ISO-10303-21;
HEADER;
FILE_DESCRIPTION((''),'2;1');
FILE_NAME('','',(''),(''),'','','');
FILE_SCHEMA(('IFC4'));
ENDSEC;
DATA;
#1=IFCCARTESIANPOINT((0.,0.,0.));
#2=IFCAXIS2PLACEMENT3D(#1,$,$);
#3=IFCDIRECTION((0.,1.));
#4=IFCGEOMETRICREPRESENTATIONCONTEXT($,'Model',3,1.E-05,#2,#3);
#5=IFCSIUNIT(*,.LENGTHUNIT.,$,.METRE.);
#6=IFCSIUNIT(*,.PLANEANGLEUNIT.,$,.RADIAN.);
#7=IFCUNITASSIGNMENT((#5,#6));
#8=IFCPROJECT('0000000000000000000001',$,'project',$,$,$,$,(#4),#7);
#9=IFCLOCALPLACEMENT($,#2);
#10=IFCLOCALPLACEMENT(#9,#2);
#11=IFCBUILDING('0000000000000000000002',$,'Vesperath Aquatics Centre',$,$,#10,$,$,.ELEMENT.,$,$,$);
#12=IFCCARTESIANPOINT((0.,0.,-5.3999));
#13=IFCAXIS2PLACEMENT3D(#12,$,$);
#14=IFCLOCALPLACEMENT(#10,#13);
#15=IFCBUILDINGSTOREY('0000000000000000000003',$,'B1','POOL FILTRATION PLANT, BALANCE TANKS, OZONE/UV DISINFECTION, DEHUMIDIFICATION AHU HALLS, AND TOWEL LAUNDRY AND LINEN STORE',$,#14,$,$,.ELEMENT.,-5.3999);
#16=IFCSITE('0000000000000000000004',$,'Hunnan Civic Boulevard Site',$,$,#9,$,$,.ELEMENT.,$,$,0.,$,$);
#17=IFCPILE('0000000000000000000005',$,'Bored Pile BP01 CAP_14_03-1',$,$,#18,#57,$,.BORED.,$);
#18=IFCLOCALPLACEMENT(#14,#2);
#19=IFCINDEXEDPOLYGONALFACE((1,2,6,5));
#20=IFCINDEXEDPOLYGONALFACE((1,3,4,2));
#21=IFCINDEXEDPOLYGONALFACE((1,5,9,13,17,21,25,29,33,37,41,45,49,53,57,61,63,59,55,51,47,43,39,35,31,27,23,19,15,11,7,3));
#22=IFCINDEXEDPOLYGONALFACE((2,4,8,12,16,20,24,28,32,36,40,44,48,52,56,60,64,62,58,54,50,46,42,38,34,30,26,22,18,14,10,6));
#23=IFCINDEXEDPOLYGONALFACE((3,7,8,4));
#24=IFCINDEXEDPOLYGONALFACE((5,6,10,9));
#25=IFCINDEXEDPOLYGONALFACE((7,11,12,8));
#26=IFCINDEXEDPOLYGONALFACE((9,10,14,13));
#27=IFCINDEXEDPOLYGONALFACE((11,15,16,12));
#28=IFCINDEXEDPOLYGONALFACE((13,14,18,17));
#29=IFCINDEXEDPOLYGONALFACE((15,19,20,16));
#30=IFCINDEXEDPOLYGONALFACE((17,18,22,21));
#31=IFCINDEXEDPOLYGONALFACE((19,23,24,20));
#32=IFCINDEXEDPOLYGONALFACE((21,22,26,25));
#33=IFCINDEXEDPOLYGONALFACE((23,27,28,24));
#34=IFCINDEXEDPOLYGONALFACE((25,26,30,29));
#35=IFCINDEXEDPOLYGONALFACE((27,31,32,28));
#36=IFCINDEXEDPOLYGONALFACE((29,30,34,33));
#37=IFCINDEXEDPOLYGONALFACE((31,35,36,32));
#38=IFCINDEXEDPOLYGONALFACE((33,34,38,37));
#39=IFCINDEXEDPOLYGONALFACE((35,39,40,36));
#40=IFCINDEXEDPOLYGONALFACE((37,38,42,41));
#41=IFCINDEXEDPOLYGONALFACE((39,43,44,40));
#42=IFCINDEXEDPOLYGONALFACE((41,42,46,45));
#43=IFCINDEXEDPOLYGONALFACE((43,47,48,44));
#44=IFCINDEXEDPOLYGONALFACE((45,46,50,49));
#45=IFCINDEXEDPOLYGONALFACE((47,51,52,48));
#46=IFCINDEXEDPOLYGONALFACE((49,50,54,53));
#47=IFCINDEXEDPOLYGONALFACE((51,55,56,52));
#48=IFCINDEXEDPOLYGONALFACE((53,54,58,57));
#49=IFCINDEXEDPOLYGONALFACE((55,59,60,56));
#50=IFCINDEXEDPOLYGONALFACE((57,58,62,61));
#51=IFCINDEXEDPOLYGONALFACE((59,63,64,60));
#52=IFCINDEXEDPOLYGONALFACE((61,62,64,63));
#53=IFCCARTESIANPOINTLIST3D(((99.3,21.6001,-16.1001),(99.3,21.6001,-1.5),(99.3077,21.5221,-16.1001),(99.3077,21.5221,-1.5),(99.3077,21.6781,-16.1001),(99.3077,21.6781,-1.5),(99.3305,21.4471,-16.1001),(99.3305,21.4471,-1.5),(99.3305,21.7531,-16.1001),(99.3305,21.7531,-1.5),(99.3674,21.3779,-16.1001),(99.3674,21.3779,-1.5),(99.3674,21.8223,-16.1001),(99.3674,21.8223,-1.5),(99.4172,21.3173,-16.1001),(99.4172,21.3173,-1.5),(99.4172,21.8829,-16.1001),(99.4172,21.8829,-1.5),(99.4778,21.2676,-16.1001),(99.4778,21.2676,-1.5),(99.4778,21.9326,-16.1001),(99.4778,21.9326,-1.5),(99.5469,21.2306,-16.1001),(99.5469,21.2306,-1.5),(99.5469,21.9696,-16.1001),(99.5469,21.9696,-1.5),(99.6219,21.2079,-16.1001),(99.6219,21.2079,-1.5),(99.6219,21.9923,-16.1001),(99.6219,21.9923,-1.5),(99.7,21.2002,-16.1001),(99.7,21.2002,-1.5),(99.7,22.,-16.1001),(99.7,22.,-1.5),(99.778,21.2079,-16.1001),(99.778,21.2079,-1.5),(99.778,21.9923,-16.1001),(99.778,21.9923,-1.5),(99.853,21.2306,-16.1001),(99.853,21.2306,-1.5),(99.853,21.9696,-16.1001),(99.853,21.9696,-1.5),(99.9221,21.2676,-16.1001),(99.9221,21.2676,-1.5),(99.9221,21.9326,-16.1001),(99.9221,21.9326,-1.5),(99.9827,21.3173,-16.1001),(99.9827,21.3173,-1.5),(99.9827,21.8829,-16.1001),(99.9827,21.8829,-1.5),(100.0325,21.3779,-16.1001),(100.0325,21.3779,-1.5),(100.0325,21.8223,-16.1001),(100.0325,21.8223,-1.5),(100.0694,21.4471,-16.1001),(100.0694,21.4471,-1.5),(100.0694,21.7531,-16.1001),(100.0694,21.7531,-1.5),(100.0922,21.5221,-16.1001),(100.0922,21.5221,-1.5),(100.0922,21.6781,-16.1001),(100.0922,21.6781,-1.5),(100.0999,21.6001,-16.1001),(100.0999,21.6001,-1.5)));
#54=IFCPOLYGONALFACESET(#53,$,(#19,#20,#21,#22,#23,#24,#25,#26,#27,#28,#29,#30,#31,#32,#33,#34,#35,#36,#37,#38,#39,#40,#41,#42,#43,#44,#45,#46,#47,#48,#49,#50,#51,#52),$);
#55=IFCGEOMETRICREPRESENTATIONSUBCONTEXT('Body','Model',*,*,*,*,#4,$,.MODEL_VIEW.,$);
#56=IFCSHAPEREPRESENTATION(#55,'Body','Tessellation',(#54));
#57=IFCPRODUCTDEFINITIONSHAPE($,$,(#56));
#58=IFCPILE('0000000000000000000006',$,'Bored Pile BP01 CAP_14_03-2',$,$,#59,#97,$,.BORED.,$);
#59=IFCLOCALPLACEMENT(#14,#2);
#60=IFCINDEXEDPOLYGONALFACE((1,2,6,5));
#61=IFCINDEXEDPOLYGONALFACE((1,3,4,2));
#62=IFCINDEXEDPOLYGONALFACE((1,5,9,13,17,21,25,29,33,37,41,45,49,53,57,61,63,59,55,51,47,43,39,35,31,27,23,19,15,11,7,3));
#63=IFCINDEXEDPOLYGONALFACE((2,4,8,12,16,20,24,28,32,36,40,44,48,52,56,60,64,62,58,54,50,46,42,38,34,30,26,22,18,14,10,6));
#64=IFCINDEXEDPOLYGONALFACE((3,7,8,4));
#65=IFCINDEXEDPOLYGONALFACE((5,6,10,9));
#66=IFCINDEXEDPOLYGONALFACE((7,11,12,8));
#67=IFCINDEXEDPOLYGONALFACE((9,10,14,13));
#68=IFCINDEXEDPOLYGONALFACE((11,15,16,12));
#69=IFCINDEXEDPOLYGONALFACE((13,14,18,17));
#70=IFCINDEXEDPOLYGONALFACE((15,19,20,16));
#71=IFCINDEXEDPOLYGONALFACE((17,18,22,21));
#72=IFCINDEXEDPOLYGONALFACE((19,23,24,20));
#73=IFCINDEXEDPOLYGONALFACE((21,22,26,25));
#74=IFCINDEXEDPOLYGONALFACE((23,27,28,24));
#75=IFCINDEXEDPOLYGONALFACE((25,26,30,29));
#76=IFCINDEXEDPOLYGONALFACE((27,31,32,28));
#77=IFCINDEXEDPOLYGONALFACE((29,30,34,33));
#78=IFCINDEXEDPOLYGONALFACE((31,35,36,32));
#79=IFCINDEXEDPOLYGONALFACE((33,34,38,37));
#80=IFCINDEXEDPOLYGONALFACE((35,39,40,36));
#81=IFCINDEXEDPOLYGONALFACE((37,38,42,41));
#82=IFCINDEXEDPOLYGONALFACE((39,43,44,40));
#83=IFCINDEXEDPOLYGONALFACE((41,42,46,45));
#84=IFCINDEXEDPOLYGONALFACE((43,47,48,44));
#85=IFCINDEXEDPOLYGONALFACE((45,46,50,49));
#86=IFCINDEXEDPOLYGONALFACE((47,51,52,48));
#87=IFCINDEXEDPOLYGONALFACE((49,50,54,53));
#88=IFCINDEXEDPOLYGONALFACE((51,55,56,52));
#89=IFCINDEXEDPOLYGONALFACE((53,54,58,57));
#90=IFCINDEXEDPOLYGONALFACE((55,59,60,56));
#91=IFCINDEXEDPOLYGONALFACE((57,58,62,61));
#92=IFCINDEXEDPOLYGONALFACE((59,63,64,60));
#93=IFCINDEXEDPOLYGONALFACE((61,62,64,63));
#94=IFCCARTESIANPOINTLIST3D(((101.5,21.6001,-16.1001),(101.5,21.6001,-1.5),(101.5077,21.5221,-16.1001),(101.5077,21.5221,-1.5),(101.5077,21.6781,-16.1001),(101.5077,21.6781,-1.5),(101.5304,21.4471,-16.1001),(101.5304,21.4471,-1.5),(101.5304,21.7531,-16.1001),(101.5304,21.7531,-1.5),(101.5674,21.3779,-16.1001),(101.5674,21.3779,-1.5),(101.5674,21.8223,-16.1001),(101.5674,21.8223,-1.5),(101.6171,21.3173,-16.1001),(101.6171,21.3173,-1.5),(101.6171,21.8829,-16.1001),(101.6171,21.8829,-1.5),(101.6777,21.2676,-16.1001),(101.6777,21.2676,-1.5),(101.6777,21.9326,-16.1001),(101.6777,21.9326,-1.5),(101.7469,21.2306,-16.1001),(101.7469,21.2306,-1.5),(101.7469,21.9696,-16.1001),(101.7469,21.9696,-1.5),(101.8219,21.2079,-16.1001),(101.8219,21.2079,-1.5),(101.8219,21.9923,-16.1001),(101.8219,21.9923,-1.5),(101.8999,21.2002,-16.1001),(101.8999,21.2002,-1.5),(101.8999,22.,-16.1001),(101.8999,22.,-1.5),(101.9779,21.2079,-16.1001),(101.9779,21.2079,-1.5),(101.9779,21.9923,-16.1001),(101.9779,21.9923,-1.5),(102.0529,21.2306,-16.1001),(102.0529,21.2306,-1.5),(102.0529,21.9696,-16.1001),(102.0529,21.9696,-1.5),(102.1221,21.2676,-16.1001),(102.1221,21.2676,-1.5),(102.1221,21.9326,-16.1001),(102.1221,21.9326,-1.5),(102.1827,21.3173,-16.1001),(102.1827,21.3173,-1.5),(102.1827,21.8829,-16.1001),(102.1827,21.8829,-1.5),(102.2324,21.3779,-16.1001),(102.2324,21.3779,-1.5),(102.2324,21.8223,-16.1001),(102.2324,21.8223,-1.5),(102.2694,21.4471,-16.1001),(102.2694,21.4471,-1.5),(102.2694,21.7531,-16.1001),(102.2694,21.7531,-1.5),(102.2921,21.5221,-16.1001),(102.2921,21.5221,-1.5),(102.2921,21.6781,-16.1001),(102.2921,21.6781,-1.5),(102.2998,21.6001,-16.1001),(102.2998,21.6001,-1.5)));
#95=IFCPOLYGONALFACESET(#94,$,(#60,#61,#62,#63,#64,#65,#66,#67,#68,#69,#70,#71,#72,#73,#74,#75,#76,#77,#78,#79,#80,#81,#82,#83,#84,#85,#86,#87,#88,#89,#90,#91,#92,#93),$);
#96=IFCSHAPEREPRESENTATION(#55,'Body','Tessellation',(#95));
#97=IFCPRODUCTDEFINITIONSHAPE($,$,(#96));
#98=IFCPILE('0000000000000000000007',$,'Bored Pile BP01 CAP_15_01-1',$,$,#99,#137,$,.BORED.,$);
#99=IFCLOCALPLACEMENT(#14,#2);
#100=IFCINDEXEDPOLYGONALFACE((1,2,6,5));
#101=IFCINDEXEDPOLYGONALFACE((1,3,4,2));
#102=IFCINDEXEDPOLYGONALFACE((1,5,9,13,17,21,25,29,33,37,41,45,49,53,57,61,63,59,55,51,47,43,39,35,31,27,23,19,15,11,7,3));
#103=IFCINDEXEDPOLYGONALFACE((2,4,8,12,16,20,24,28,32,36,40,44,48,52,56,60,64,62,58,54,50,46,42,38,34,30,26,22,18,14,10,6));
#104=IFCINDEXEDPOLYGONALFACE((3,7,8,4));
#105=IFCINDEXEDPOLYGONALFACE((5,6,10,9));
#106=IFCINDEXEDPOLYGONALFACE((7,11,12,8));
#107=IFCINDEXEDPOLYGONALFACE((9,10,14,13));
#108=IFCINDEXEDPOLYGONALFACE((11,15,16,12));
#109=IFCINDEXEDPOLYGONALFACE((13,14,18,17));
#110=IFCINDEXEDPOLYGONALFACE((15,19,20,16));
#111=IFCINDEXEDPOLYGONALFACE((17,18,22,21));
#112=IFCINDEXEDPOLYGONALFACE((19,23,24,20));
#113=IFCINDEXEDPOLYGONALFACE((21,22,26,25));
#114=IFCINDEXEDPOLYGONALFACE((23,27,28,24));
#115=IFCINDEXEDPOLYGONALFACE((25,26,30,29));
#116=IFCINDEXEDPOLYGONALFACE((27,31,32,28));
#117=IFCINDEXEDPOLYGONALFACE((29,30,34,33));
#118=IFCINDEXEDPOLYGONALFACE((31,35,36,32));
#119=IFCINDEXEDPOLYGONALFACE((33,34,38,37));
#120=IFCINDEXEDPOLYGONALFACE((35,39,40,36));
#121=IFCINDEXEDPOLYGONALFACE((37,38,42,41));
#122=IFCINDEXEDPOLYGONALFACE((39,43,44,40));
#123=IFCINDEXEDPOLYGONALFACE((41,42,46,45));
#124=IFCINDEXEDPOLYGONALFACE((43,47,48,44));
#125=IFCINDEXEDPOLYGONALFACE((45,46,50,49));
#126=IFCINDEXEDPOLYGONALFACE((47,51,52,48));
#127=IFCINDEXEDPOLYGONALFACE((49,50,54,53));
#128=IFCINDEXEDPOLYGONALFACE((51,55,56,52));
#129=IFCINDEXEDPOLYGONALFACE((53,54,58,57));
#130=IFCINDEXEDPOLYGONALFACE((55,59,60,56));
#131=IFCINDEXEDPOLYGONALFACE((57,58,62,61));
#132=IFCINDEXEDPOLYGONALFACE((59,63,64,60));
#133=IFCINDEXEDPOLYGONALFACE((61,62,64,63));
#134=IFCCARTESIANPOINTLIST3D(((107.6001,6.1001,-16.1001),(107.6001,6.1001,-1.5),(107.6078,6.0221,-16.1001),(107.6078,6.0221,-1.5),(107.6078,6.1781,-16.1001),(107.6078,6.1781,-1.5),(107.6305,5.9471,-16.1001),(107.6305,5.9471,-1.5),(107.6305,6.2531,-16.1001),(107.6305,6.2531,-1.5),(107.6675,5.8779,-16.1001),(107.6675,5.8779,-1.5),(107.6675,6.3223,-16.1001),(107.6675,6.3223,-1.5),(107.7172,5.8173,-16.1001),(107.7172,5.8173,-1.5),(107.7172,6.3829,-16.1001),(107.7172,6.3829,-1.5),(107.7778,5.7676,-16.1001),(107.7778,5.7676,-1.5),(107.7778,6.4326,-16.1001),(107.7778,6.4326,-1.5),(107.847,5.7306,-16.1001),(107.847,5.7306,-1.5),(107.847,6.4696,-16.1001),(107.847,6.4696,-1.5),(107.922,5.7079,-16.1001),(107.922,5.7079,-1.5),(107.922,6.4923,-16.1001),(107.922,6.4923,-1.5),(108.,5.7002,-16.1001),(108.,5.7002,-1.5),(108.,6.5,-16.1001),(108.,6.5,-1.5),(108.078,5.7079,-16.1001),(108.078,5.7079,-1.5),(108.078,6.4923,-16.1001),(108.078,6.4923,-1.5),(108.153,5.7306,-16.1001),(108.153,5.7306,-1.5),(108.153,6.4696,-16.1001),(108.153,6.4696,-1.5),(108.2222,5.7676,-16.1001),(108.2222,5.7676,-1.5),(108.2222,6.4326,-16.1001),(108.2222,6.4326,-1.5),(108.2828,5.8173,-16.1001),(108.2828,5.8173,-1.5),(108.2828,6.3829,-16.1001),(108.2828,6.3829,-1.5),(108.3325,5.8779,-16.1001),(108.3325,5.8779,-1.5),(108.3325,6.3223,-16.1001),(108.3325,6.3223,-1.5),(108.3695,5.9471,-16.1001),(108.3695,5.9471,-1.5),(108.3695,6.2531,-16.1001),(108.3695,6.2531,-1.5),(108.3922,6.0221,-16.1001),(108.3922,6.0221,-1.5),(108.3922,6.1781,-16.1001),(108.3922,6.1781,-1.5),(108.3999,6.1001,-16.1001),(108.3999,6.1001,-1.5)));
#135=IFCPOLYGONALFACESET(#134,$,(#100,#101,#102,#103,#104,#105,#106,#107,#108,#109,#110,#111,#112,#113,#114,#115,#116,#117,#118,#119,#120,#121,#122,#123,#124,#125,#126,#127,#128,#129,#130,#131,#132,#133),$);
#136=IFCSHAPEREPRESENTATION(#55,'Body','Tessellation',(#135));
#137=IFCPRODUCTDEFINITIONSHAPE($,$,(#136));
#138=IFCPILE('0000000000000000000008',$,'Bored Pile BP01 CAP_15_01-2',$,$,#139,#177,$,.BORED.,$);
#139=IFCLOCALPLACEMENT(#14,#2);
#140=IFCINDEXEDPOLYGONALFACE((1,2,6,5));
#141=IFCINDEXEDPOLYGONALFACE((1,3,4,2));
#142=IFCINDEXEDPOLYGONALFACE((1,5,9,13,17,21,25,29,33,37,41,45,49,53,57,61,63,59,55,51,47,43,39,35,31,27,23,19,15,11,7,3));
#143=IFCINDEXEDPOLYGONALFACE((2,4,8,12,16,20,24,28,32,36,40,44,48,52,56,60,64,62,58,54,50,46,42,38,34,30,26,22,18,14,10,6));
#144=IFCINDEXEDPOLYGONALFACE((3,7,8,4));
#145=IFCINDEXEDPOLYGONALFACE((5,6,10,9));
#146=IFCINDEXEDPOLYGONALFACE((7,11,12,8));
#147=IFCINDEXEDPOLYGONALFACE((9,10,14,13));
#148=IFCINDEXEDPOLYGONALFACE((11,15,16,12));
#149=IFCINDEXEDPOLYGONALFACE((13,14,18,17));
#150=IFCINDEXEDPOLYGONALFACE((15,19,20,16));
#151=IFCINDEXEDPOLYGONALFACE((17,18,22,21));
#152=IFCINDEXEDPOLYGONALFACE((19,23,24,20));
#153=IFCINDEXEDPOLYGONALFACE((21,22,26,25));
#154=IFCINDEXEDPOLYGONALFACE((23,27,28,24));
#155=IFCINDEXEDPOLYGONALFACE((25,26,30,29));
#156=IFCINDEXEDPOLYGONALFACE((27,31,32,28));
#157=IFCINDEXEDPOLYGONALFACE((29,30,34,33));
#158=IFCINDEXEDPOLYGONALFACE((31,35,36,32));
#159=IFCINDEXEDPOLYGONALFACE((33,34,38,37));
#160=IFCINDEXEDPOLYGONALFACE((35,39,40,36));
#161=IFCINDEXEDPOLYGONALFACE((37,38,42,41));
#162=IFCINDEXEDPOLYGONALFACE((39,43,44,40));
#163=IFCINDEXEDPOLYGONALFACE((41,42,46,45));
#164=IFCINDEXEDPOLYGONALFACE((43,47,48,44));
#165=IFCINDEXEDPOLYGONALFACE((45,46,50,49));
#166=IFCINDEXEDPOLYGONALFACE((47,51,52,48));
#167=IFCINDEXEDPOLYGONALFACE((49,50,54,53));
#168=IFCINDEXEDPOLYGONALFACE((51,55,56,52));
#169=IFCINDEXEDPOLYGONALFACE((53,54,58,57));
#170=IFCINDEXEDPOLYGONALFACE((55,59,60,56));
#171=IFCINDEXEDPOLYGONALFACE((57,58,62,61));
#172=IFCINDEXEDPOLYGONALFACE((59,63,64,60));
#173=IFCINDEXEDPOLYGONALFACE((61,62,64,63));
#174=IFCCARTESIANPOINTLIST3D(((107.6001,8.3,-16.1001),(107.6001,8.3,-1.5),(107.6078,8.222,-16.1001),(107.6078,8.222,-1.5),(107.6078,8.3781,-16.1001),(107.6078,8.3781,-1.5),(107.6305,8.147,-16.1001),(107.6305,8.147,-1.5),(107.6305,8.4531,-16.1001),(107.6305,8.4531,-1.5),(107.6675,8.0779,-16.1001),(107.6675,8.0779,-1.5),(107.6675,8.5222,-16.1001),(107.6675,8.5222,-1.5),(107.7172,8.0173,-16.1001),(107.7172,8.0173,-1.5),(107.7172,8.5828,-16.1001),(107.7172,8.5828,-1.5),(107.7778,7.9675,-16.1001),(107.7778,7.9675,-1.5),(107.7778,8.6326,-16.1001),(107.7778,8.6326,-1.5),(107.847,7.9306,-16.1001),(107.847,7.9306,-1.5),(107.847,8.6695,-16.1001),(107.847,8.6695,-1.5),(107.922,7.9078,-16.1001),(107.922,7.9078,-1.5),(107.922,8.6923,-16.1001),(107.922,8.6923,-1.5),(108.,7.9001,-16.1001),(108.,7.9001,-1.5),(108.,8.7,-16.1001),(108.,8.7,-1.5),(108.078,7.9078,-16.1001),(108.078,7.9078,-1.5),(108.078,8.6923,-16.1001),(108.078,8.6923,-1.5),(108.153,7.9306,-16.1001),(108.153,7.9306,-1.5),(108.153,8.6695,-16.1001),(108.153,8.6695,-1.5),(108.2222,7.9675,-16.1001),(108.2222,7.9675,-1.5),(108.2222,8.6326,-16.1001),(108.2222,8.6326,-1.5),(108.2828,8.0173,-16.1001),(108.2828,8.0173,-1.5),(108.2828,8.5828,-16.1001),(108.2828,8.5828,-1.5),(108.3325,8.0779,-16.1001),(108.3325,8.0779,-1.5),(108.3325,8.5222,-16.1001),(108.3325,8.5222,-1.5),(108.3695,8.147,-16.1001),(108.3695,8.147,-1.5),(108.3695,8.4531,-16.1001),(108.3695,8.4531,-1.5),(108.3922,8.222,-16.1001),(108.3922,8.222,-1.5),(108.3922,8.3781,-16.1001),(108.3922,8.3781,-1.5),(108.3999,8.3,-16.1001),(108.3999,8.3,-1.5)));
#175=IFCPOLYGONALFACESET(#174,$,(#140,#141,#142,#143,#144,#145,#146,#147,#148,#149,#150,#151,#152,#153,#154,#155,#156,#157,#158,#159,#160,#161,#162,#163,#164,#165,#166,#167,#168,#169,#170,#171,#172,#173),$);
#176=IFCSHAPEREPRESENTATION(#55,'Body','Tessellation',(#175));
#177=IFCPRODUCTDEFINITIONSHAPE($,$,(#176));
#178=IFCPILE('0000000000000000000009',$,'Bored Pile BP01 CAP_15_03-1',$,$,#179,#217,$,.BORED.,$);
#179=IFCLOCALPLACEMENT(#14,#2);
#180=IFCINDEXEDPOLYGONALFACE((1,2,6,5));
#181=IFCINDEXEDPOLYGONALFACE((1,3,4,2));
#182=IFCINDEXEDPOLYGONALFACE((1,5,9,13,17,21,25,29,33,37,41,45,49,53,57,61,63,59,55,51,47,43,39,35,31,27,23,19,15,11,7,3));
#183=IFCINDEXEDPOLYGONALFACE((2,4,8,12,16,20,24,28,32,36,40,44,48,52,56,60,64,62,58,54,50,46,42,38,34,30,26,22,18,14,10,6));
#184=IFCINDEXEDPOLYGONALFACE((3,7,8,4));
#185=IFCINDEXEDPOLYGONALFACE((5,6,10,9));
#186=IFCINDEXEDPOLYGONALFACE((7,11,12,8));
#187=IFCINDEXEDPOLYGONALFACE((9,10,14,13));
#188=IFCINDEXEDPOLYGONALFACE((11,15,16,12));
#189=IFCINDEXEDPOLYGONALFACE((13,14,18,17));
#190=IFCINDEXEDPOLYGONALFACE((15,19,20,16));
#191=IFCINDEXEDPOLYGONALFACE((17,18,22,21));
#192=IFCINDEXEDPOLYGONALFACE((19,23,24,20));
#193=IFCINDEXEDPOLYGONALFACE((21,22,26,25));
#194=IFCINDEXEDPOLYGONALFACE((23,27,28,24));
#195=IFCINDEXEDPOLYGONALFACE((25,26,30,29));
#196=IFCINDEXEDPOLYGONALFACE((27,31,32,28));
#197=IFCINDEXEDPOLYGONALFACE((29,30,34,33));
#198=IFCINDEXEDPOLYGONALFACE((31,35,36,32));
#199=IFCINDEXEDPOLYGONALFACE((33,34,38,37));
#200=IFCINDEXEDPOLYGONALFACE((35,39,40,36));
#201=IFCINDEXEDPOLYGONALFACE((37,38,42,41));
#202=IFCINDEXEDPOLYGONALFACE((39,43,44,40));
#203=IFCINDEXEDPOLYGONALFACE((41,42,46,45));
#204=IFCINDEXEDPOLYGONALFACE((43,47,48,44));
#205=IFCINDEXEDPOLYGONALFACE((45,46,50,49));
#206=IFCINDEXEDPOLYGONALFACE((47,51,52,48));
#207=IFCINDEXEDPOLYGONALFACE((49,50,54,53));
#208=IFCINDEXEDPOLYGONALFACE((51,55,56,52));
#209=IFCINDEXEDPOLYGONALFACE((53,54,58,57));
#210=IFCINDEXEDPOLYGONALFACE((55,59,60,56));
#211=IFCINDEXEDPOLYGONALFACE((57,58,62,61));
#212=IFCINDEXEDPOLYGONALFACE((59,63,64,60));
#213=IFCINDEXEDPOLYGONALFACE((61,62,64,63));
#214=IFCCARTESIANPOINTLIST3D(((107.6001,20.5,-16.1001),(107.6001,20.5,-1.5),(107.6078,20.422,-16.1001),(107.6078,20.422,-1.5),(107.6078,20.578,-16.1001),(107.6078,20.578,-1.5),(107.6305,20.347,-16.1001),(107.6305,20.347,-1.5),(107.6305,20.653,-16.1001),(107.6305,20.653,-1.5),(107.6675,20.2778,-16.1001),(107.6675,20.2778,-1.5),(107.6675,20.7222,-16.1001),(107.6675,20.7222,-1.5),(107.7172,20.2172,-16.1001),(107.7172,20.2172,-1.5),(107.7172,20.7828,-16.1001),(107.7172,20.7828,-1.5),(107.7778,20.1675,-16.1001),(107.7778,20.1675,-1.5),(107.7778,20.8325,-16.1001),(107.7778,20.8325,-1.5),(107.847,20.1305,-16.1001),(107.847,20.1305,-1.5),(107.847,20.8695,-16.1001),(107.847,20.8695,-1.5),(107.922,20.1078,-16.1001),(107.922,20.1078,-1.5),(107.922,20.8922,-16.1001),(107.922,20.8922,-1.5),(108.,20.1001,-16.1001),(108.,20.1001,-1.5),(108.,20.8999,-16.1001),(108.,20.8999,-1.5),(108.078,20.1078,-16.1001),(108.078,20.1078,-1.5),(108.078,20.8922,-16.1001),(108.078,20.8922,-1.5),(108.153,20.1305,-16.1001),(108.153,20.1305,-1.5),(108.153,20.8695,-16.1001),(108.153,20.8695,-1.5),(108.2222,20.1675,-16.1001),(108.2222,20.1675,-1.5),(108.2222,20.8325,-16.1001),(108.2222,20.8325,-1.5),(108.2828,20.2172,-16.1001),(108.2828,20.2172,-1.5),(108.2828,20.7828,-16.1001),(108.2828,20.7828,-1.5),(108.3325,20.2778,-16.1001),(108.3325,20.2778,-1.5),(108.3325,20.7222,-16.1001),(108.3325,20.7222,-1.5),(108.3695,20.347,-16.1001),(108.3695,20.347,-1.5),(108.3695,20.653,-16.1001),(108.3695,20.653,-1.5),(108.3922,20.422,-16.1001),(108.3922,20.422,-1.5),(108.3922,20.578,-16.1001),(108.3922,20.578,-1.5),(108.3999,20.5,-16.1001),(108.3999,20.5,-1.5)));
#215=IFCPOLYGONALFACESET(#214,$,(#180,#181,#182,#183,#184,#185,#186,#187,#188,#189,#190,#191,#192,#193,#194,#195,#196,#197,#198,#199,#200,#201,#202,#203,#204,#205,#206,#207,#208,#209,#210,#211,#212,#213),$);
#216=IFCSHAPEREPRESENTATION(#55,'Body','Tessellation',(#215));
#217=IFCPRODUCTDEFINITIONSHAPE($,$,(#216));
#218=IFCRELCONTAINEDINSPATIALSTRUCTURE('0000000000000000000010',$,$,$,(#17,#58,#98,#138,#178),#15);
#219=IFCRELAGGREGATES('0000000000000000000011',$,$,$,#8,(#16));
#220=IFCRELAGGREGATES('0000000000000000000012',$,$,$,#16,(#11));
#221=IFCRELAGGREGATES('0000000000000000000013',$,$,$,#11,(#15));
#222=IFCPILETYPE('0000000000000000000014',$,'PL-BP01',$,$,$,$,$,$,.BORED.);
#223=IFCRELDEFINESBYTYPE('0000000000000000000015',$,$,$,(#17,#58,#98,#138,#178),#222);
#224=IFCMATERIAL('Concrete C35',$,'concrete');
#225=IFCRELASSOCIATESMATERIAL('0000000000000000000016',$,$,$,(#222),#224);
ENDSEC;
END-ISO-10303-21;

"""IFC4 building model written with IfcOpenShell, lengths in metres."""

from ifc_helpers import new_model, si_unit, direction, frame, origin, origin_2d, place, context, subcontext, project, spatial, circle, extrude, material, material_profile, profile_set, type_object, element, save


model = new_model("IFC4")

# Units and contexts
model_context = context("Model", 3, precision=1e-05, world=origin(), true_north=direction((0.0, 1.0)))
body_context = subcontext(model_context, "Body", "Model", "MODEL_VIEW")
ifc_project = project(units=[si_unit("LENGTHUNIT", "METRE"), si_unit("PLANEANGLEUNIT", "RADIAN")], contexts=[model_context])

# Site, building, storey
site_placement = place(None, origin())
site = spatial("IfcSite", under=ifc_project, at=site_placement, Name="Hunnan Civic Boulevard Site", CompositionType="ELEMENT", RefElevation=0.0)
building_placement = place(site_placement, origin())
building = spatial("IfcBuilding", under=site, at=building_placement, Name="Vesperath Aquatics Centre", CompositionType="ELEMENT")
storey_placement = place(building_placement, frame((0.0, 0.0, -5.3999)))
storey = spatial("IfcBuildingStorey", under=building, at=storey_placement, Name="B1", Description="POOL FILTRATION PLANT, BALANCE TANKS, OZONE/UV DISINFECTION, DEHUMIDIFICATION AHU HALLS, AND TOWEL LAUNDRY AND LINEN STORE", CompositionType="ELEMENT", Elevation=-5.3999)

# Piles
ifc_material_1 = material(Name="Concrete C35", Category="concrete")
ifc_material_profile_1 = material_profile(ifc_material_1, circle(Radius=0.3999, at=origin_2d()), Name="PILE D800")
ifc_profile_set_1 = profile_set([ifc_material_profile_1], Name="Concrete C35")
pile_type_1 = type_object("IfcPileType", Name="PL-BP01", PredefinedType="BORED", material=ifc_profile_set_1)
for number, where, z_axis, x_axis, name in (
    (1, (99.7, 21.6001, -1.5), (0.0, 0.0, -1.0), (1.0, 0.0, 0.0), "Bored Pile BP01 CAP_14_03-1"),
    (2, (101.8999, 21.6001, -1.5), (0.0, 0.0, -1.0), (1.0, 0.0, 0.0), "Bored Pile BP01 CAP_14_03-2"),
    (3, (108.0, 6.1001, -1.5), (0.0, 0.0, -1.0), (1.0, 0.0, 0.0), "Bored Pile BP01 CAP_15_01-1"),
    (4, (108.0, 8.3, -1.5), (0.0, 0.0, -1.0), (1.0, 0.0, 0.0), "Bored Pile BP01 CAP_15_01-2"),
    (5, (108.0, 20.5, -1.5), (0.0, 0.0, -1.0), (1.0, 0.0, 0.0), "Bored Pile BP01 CAP_15_03-1"),
):
    element("IfcPile", number, at=place(storey_placement, frame(where, z_axis=z_axis, x_axis=x_axis)), inside=storey, type_object=pile_type_1, Name=name, PredefinedType="BORED", context=body_context, shape_type="SweptSolid", body=[
        extrude(circle(Radius=0.3999, at=origin_2d()), origin(), (0.0, 0.0, 1.0), 14.6001),
    ])

save(model, "model.ifc")
